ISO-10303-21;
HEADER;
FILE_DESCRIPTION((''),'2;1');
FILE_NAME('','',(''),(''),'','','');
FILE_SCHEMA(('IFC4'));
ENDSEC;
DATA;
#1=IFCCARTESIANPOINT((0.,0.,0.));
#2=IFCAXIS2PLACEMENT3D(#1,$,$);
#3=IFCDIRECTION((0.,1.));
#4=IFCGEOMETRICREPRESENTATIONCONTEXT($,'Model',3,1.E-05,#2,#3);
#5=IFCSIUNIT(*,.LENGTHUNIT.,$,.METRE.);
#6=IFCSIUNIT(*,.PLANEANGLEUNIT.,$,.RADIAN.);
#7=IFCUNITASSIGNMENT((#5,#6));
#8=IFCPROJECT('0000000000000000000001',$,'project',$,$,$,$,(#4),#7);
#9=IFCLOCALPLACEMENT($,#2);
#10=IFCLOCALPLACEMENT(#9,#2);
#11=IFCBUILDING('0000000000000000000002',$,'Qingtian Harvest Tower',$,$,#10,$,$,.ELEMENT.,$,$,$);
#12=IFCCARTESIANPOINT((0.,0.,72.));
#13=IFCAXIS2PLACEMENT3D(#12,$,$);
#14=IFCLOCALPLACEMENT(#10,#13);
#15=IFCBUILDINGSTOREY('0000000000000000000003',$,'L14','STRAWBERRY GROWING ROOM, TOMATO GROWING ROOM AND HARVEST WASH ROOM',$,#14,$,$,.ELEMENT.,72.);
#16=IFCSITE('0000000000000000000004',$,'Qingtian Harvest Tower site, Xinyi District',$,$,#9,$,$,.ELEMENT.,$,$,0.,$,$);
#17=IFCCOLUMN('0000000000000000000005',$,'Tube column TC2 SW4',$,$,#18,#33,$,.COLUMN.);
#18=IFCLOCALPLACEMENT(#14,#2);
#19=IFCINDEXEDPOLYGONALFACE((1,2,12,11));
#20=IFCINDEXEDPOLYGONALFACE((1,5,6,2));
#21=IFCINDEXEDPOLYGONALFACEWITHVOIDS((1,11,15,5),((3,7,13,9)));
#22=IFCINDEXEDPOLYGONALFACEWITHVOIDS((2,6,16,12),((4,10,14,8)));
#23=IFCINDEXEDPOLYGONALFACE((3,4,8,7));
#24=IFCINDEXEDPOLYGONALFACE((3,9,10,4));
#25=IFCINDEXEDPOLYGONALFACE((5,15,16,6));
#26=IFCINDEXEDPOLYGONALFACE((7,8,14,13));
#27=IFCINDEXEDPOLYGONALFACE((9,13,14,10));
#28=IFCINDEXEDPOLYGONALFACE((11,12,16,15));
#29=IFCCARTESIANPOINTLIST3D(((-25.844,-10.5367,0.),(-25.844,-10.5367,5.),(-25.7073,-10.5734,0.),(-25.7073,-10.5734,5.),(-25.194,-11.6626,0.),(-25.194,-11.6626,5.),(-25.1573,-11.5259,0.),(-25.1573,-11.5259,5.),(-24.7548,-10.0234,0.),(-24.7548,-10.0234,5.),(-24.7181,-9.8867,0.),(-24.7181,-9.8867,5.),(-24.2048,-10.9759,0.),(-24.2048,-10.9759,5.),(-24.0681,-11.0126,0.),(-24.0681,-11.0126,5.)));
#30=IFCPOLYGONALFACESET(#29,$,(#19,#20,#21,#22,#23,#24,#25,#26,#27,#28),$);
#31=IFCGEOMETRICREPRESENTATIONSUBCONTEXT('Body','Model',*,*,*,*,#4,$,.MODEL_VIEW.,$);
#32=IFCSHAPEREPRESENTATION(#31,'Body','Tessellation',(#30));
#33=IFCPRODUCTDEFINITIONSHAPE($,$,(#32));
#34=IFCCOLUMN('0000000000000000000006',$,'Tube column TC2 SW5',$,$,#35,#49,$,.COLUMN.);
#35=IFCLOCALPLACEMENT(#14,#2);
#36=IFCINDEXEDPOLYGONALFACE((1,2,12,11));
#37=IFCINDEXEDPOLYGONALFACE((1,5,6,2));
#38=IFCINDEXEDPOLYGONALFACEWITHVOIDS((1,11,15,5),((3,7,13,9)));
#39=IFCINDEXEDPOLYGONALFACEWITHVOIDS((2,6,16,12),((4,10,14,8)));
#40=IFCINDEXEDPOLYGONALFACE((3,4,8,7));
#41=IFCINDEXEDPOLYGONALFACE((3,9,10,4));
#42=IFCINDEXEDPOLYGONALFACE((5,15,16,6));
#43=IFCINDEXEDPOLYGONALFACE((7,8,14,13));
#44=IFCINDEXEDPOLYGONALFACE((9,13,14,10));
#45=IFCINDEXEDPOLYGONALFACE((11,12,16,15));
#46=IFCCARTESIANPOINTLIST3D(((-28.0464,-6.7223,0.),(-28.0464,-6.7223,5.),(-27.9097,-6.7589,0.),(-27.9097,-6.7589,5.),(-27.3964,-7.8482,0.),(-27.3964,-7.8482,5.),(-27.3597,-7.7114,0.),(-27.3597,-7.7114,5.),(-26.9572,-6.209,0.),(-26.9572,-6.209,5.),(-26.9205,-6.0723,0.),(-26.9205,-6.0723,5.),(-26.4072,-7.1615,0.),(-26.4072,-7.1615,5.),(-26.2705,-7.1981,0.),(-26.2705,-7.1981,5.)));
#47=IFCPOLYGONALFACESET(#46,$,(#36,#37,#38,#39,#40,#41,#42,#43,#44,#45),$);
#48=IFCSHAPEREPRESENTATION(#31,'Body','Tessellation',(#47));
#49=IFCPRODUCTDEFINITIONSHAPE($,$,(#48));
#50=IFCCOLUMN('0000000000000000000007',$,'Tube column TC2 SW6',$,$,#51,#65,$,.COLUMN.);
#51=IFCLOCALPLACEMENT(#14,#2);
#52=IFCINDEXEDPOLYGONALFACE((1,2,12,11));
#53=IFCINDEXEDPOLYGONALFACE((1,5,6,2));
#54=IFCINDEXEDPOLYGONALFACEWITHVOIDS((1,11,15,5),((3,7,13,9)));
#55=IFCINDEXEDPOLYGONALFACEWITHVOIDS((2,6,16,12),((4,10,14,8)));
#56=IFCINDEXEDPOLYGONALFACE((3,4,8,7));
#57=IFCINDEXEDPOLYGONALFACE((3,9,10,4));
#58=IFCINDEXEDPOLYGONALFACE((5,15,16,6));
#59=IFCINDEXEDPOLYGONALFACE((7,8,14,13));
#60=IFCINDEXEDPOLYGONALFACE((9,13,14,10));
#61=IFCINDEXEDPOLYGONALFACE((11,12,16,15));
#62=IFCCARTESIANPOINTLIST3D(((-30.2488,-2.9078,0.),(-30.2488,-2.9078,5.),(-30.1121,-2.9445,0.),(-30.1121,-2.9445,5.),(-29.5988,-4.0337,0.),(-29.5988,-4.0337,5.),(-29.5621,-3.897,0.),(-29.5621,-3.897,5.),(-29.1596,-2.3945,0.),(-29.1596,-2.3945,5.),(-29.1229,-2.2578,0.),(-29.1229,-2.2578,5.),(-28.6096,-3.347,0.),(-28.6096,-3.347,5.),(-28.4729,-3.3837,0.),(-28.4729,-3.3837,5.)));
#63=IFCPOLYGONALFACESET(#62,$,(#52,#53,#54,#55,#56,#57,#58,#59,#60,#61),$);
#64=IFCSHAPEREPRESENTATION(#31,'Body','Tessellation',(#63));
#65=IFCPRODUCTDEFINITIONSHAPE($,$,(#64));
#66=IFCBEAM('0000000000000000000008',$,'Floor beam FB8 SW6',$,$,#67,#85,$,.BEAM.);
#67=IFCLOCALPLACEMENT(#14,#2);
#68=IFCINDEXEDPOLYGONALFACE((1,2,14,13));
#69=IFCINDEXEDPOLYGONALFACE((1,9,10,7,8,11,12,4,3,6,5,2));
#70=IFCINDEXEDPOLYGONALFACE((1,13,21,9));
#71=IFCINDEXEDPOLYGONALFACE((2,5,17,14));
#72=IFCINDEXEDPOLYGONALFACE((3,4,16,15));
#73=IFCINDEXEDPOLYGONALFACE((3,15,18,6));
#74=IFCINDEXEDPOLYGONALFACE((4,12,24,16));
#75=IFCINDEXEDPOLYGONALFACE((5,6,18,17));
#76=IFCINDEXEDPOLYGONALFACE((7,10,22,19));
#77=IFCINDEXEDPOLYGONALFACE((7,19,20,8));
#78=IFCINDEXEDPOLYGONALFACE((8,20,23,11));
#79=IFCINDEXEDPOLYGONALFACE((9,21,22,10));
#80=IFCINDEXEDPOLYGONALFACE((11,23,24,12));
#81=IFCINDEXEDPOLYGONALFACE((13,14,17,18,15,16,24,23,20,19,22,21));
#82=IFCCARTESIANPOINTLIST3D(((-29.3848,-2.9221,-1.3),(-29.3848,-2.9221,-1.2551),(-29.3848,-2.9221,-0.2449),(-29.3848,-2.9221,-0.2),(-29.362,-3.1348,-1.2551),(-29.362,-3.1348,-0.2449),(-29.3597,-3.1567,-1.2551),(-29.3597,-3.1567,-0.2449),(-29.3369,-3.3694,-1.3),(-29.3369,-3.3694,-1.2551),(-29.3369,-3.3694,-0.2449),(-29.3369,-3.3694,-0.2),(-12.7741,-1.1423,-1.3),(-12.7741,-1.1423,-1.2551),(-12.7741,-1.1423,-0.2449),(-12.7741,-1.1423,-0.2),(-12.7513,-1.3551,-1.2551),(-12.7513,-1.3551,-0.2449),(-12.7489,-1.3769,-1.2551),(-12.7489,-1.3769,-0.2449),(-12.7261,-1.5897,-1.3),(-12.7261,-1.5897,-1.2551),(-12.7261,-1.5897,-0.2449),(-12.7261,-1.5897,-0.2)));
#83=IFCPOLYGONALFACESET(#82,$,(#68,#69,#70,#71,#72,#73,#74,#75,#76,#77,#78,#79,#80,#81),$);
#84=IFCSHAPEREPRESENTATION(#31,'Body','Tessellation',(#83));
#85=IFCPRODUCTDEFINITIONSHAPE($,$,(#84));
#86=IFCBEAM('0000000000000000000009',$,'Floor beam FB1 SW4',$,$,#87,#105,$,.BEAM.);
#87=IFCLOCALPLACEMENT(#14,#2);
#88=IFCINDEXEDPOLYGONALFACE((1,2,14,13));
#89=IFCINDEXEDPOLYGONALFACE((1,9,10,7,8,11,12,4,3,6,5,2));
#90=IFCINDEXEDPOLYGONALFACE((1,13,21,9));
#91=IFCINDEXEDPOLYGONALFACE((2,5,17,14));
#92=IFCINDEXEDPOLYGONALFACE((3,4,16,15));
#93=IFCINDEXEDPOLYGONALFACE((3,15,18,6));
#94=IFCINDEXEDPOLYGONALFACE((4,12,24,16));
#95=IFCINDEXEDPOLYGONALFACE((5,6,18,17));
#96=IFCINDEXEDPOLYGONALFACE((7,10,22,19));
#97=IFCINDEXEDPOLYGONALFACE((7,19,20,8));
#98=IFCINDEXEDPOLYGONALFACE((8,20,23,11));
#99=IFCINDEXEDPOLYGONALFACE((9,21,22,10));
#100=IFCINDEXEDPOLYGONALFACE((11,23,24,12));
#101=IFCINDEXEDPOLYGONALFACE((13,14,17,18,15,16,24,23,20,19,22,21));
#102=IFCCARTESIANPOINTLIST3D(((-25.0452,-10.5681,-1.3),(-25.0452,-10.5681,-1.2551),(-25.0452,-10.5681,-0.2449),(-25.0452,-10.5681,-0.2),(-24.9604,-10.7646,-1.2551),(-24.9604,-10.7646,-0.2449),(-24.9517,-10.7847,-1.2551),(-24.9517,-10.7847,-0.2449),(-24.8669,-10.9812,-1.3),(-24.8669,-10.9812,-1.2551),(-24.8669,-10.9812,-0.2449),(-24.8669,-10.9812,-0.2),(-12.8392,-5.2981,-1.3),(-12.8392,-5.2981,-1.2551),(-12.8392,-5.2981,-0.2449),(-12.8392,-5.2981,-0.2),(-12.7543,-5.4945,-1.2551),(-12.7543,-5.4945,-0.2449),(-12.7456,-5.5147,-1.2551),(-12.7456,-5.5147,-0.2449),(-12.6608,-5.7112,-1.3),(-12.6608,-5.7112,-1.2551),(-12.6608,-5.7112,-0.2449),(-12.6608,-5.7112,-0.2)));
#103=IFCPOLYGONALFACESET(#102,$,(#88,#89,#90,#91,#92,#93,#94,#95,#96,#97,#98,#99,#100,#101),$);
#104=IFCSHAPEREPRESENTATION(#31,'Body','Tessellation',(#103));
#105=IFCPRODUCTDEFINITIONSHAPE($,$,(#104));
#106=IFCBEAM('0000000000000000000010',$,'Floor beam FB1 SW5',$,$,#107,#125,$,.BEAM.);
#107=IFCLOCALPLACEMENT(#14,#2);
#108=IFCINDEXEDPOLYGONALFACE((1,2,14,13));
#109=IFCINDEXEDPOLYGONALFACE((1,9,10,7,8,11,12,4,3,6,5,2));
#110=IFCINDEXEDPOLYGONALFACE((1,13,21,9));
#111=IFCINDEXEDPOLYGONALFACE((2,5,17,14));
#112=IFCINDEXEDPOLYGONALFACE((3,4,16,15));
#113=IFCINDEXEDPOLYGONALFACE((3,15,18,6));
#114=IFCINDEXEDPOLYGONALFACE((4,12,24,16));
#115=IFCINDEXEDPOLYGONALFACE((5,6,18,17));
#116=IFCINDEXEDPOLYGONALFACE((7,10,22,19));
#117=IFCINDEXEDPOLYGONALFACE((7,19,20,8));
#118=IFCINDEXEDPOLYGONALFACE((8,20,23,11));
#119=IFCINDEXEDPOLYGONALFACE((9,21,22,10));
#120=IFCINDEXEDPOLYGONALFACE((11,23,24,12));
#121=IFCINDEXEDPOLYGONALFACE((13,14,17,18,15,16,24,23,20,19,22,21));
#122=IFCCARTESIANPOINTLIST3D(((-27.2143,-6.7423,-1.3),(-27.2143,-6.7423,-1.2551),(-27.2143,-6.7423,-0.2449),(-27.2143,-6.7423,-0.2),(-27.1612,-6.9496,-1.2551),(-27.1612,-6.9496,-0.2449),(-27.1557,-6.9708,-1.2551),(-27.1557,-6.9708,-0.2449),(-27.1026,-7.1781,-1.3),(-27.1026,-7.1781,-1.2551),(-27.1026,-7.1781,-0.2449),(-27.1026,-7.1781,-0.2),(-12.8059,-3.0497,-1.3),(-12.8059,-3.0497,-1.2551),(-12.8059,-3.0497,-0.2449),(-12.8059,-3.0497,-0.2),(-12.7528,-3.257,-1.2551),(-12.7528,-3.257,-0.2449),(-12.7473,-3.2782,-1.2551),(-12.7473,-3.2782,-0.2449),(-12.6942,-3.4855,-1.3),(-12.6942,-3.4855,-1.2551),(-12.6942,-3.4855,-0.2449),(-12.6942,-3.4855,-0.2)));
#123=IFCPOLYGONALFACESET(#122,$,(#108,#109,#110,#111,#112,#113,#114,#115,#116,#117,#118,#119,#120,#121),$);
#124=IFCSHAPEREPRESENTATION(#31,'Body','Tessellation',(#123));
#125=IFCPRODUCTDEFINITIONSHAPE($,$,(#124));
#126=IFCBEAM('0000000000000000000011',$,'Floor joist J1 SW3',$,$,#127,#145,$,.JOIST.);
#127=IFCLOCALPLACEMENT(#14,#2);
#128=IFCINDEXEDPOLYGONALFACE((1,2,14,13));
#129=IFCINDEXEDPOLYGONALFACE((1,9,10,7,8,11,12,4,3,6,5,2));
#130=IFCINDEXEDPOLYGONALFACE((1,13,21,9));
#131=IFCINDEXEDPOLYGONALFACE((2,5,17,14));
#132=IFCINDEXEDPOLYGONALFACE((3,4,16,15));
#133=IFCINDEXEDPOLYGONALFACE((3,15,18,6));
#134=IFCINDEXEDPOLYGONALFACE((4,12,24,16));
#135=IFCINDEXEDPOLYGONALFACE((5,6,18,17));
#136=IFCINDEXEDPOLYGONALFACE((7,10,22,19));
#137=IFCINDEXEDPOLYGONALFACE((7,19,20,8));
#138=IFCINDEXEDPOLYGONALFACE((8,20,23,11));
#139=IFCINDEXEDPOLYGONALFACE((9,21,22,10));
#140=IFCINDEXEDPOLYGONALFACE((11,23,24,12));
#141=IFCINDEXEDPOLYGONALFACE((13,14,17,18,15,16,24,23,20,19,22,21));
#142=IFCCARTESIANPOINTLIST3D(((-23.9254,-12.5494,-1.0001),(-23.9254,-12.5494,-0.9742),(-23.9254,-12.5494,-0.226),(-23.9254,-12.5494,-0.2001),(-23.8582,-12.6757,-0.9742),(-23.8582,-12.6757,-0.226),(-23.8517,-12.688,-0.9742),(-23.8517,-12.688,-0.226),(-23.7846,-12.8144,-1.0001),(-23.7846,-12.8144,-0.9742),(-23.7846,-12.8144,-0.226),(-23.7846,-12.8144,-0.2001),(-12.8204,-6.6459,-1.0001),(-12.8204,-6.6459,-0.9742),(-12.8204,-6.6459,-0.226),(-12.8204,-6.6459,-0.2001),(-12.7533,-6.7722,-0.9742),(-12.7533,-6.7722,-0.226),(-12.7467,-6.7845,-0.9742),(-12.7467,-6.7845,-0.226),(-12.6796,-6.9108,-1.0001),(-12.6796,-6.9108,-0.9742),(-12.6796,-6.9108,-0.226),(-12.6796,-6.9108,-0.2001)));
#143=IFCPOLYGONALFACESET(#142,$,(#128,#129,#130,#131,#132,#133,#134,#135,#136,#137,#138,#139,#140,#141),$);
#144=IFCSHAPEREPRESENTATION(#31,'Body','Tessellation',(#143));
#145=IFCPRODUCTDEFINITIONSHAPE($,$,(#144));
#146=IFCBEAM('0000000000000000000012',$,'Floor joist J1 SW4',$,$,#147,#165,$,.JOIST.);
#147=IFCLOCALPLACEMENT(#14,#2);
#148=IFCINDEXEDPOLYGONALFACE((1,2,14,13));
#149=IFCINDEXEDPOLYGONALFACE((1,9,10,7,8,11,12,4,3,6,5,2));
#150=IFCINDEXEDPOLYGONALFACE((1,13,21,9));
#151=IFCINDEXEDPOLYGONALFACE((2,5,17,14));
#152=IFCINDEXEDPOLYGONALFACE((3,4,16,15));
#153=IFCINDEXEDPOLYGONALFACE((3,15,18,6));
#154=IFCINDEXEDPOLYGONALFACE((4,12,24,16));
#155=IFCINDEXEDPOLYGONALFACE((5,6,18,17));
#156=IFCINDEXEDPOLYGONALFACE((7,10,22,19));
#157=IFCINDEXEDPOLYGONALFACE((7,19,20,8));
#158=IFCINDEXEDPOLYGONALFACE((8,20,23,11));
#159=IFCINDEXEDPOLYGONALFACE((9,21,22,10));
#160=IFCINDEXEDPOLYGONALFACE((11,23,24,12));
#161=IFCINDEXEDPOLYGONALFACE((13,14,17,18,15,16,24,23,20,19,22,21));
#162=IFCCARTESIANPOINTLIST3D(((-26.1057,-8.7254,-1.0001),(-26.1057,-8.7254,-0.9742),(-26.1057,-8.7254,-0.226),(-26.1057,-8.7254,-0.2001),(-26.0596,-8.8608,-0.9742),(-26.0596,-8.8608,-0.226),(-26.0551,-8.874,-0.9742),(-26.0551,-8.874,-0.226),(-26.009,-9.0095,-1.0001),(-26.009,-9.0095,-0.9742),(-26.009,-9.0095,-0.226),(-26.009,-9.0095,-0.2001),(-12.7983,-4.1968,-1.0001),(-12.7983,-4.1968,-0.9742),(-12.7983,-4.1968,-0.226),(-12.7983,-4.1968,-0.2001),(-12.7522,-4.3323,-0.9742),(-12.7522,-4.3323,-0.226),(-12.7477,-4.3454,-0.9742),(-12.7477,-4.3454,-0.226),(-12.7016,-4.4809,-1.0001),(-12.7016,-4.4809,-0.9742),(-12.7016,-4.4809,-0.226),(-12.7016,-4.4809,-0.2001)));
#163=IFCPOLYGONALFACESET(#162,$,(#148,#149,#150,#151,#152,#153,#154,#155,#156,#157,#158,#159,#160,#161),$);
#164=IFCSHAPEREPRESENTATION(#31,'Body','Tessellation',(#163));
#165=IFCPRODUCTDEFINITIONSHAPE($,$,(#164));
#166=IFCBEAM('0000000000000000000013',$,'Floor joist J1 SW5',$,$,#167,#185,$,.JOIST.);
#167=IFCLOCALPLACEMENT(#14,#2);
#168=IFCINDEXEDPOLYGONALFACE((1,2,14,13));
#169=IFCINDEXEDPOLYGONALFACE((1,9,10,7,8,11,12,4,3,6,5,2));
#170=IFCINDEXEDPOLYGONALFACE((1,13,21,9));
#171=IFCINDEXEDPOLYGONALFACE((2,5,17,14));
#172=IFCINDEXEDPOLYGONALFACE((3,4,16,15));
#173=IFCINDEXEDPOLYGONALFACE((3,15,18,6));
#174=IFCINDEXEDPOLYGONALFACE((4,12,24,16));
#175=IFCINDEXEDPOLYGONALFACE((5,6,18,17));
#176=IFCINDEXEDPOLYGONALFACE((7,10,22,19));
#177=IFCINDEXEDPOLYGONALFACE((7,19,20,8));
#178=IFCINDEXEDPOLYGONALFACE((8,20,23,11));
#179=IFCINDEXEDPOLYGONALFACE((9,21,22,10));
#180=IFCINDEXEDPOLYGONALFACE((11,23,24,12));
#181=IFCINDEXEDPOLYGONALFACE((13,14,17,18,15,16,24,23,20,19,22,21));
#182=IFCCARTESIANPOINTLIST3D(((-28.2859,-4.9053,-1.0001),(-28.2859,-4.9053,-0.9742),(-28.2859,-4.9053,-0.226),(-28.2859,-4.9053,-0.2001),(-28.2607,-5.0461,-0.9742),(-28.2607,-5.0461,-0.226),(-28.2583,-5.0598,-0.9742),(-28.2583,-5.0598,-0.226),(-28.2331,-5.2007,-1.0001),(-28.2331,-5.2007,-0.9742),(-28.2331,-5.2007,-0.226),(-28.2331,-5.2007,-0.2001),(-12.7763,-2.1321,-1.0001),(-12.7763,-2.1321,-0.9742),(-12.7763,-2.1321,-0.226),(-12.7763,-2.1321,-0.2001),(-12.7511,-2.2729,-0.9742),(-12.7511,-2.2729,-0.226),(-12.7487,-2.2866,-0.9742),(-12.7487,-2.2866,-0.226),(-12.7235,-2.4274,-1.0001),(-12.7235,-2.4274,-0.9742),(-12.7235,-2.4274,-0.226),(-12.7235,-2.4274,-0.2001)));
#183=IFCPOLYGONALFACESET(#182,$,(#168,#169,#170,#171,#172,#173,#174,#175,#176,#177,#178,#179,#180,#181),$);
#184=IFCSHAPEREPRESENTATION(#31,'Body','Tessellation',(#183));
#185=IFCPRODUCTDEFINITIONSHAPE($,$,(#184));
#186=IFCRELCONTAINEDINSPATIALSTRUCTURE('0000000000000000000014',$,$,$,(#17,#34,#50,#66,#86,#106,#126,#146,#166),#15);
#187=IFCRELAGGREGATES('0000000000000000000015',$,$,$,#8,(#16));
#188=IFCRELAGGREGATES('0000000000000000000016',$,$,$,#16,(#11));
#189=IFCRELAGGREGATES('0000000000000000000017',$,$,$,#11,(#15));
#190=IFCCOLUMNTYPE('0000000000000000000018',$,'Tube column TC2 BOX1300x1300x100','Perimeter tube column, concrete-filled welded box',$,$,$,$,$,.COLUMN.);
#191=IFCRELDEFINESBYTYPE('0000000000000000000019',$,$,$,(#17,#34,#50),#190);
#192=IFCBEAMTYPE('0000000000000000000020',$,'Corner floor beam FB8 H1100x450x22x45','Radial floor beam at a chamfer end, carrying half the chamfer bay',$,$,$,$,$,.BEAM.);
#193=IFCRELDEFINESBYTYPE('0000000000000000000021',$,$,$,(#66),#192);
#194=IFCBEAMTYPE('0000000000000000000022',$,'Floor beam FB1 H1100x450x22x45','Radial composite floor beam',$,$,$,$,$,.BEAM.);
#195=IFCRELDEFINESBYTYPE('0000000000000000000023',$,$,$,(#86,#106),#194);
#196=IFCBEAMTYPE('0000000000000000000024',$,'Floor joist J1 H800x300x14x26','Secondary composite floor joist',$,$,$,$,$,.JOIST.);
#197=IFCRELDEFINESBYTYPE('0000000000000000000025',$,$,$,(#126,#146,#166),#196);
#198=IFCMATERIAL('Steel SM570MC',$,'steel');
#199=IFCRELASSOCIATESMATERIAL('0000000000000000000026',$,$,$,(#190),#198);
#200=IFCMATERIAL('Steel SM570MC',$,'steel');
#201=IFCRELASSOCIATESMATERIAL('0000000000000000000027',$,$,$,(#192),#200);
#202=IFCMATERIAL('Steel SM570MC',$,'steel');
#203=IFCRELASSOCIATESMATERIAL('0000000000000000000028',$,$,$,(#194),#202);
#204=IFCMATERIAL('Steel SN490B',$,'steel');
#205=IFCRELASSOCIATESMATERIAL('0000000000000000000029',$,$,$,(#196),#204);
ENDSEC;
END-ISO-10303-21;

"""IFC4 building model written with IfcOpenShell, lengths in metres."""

from ifc_helpers import new_model, si_unit, direction, frame, origin, origin_2d, place, context, subcontext, project, spatial, hollow_rectangle, i_section, extrude, material, material_profile, profile_set, type_object, element, save


model = new_model("IFC4")

# Units and contexts
model_context = context("Model", 3, precision=1e-05, world=origin(), true_north=direction((0.0, 1.0)))
body_context = subcontext(model_context, "Body", "Model", "MODEL_VIEW")
ifc_project = project(units=[si_unit("LENGTHUNIT", "METRE"), si_unit("PLANEANGLEUNIT", "RADIAN")], contexts=[model_context])

# Site, building, storey
site_placement = place(None, origin())
site = spatial("IfcSite", under=ifc_project, at=site_placement, Name="Qingtian Harvest Tower site, Xinyi District", CompositionType="ELEMENT", RefElevation=0.0)
building_placement = place(site_placement, origin())
building = spatial("IfcBuilding", under=site, at=building_placement, Name="Qingtian Harvest Tower", CompositionType="ELEMENT")
storey_placement = place(building_placement, frame((0.0, 0.0, 72.0)))
storey = spatial("IfcBuildingStorey", under=building, at=storey_placement, Name="L14", Description="STRAWBERRY GROWING ROOM, TOMATO GROWING ROOM AND HARVEST WASH ROOM", CompositionType="ELEMENT", Elevation=72.0)

# Columns
ifc_material_1 = material(Name="Steel SM570MC", Category="steel")
ifc_material_profile_1 = material_profile(ifc_material_1, hollow_rectangle(XDim=1.3, YDim=1.3, WallThickness=0.1001, at=origin_2d()), Name="BOX1300x1300x100")
ifc_profile_set_1 = profile_set([ifc_material_profile_1], Name="Steel SM570MC")
column_type = type_object("IfcColumnType", Name="Tube column TC2 BOX1300x1300x100", Description="Perimeter tube column, concrete-filled welded box", PredefinedType="COLUMN", material=ifc_profile_set_1)
for number, where, z_axis, x_axis, name in (
    (1, (-24.9561, -10.7747, 0.0), (0.0, 0.0, 1.0), (0.5, -0.866025, 0.0), "Tube column TC2 SW4"),
    (2, (-27.1584, -6.9602, 0.0), (0.0, 0.0, 1.0), (0.5, -0.866025, 0.0), "Tube column TC2 SW5"),
    (3, (-29.3608, -3.1458, 0.0), (0.0, 0.0, 1.0), (0.5, -0.866025, 0.0), "Tube column TC2 SW6"),
):
    element("IfcColumn", number, at=place(storey_placement, frame(where, z_axis=z_axis, x_axis=x_axis)), inside=storey, type_object=column_type, Name=name, PredefinedType="COLUMN", context=body_context, shape_type="SweptSolid", body=[
        extrude(hollow_rectangle(XDim=1.3, YDim=1.3, WallThickness=0.1001, at=origin_2d()), origin(), (0.0, 0.0, 1.0), 5.0),
    ])

# Beams
ifc_material_2 = material(Name="Steel SM570MC", Category="steel")
ifc_material_profile_2 = material_profile(ifc_material_2, i_section(OverallWidth=0.45, OverallDepth=1.1001, WebThickness=0.022, FlangeThickness=0.0449, at=origin_2d()), Name="H1100x450x22x45")
ifc_profile_set_2 = profile_set([ifc_material_profile_2], Name="Steel SM570MC")
beam_type_1 = type_object("IfcBeamType", Name="Corner floor beam FB8 H1100x450x22x45", Description="Radial floor beam at a chamfer end, carrying half the chamfer bay", PredefinedType="BEAM", material=ifc_profile_set_2)
beam_1_placement = place(storey_placement, frame((-29.3608, -3.1458, -0.75), z_axis=(0.994309, 0.106536, 0.0), x_axis=(-0.106536, 0.994309, 0.0)))
element("IfcBeam", 4, at=beam_1_placement, inside=storey, type_object=beam_type_1, Name="Floor beam FB8 SW6", PredefinedType="BEAM", context=body_context, shape_type="SweptSolid", body=[
    extrude(i_section(OverallWidth=0.45, OverallDepth=1.1001, WebThickness=0.022, FlangeThickness=0.0449, at=origin_2d()), origin(), (0.0, 0.0, 1.0), 16.7058),
])
ifc_material_3 = material(Name="Steel SM570MC", Category="steel")
ifc_material_profile_3 = material_profile(ifc_material_3, i_section(OverallWidth=0.45, OverallDepth=1.1001, WebThickness=0.022, FlangeThickness=0.0449, at=origin_2d()), Name="H1100x450x22x45")
ifc_profile_set_3 = profile_set([ifc_material_profile_3], Name="Steel SM570MC")
beam_type_2 = type_object("IfcBeamType", Name="Floor beam FB1 H1100x450x22x45", Description="Radial composite floor beam", PredefinedType="BEAM", material=ifc_profile_set_3)
beam_2_placement = place(storey_placement, frame((-24.9561, -10.7747, -0.75), z_axis=(0.918084, 0.396387, 0.0), x_axis=(-0.396387, 0.918084, 0.0)))
element("IfcBeam", 5, at=beam_2_placement, inside=storey, type_object=beam_type_2, Name="Floor beam FB1 SW4", PredefinedType="BEAM", context=body_context, shape_type="SweptSolid", body=[
    extrude(i_section(OverallWidth=0.45, OverallDepth=1.1001, WebThickness=0.022, FlangeThickness=0.0449, at=origin_2d()), origin(), (0.0, 0.0, 1.0), 13.2952),
])
beam_3_placement = place(storey_placement, frame((-27.1584, -6.9602, -0.75), z_axis=(0.968694, 0.248259, 0.0), x_axis=(-0.248259, 0.968694, 0.0)))
element("IfcBeam", 6, at=beam_3_placement, inside=storey, type_object=beam_type_2, Name="Floor beam FB1 SW5", PredefinedType="BEAM", context=body_context, shape_type="SweptSolid", body=[
    extrude(i_section(OverallWidth=0.45, OverallDepth=1.1001, WebThickness=0.022, FlangeThickness=0.0449, at=origin_2d()), origin(), (0.0, 0.0, 1.0), 14.874),
])
ifc_material_4 = material(Name="Steel SN490B", Category="steel")
ifc_material_profile_4 = material_profile(ifc_material_4, i_section(OverallWidth=0.3, OverallDepth=0.8, WebThickness=0.0139, FlangeThickness=0.0259, at=origin_2d()), Name="H800x300x14x26")
ifc_profile_set_4 = profile_set([ifc_material_profile_4], Name="Steel SN490B")
beam_type_3 = type_object("IfcBeamType", Name="Floor joist J1 H800x300x14x26", Description="Secondary composite floor joist", PredefinedType="JOIST", material=ifc_profile_set_4)
beam_4_placement = place(storey_placement, frame((-23.855, -12.6819, -0.6001), z_axis=(0.882982, 0.469406, 0.0), x_axis=(-0.469406, 0.882982, 0.0)))
element("IfcBeam", 7, at=beam_4_placement, inside=storey, type_object=beam_type_3, Name="Floor joist J1 SW3", PredefinedType="JOIST", context=body_context, shape_type="SweptSolid", body=[
    extrude(i_section(OverallWidth=0.3, OverallDepth=0.8, WebThickness=0.0139, FlangeThickness=0.0259, at=origin_2d()), origin(), (0.0, 0.0, 1.0), 12.5767),
])
beam_5_placement = place(storey_placement, frame((-26.0574, -8.8674, -0.6001), z_axis=(0.946685, 0.322161, 0.0), x_axis=(-0.322161, 0.946685, 0.0)))
element("IfcBeam", 8, at=beam_5_placement, inside=storey, type_object=beam_type_3, Name="Floor joist J1 SW4", PredefinedType="JOIST", context=body_context, shape_type="SweptSolid", body=[
    extrude(i_section(OverallWidth=0.3, OverallDepth=0.8, WebThickness=0.0139, FlangeThickness=0.0259, at=origin_2d()), origin(), (0.0, 0.0, 1.0), 14.0569),
])
beam_6_placement = place(storey_placement, frame((-28.2595, -5.053, -0.6001), z_axis=(0.984388, 0.176014, 0.0), x_axis=(-0.176014, 0.984388, 0.0)))
element("IfcBeam", 9, at=beam_6_placement, inside=storey, type_object=beam_type_3, Name="Floor joist J1 SW5", PredefinedType="JOIST", context=body_context, shape_type="SweptSolid", body=[
    extrude(i_section(OverallWidth=0.3, OverallDepth=0.8, WebThickness=0.0139, FlangeThickness=0.0259, at=origin_2d()), origin(), (0.0, 0.0, 1.0), 15.7556),
])

save(model, "model.ifc")
